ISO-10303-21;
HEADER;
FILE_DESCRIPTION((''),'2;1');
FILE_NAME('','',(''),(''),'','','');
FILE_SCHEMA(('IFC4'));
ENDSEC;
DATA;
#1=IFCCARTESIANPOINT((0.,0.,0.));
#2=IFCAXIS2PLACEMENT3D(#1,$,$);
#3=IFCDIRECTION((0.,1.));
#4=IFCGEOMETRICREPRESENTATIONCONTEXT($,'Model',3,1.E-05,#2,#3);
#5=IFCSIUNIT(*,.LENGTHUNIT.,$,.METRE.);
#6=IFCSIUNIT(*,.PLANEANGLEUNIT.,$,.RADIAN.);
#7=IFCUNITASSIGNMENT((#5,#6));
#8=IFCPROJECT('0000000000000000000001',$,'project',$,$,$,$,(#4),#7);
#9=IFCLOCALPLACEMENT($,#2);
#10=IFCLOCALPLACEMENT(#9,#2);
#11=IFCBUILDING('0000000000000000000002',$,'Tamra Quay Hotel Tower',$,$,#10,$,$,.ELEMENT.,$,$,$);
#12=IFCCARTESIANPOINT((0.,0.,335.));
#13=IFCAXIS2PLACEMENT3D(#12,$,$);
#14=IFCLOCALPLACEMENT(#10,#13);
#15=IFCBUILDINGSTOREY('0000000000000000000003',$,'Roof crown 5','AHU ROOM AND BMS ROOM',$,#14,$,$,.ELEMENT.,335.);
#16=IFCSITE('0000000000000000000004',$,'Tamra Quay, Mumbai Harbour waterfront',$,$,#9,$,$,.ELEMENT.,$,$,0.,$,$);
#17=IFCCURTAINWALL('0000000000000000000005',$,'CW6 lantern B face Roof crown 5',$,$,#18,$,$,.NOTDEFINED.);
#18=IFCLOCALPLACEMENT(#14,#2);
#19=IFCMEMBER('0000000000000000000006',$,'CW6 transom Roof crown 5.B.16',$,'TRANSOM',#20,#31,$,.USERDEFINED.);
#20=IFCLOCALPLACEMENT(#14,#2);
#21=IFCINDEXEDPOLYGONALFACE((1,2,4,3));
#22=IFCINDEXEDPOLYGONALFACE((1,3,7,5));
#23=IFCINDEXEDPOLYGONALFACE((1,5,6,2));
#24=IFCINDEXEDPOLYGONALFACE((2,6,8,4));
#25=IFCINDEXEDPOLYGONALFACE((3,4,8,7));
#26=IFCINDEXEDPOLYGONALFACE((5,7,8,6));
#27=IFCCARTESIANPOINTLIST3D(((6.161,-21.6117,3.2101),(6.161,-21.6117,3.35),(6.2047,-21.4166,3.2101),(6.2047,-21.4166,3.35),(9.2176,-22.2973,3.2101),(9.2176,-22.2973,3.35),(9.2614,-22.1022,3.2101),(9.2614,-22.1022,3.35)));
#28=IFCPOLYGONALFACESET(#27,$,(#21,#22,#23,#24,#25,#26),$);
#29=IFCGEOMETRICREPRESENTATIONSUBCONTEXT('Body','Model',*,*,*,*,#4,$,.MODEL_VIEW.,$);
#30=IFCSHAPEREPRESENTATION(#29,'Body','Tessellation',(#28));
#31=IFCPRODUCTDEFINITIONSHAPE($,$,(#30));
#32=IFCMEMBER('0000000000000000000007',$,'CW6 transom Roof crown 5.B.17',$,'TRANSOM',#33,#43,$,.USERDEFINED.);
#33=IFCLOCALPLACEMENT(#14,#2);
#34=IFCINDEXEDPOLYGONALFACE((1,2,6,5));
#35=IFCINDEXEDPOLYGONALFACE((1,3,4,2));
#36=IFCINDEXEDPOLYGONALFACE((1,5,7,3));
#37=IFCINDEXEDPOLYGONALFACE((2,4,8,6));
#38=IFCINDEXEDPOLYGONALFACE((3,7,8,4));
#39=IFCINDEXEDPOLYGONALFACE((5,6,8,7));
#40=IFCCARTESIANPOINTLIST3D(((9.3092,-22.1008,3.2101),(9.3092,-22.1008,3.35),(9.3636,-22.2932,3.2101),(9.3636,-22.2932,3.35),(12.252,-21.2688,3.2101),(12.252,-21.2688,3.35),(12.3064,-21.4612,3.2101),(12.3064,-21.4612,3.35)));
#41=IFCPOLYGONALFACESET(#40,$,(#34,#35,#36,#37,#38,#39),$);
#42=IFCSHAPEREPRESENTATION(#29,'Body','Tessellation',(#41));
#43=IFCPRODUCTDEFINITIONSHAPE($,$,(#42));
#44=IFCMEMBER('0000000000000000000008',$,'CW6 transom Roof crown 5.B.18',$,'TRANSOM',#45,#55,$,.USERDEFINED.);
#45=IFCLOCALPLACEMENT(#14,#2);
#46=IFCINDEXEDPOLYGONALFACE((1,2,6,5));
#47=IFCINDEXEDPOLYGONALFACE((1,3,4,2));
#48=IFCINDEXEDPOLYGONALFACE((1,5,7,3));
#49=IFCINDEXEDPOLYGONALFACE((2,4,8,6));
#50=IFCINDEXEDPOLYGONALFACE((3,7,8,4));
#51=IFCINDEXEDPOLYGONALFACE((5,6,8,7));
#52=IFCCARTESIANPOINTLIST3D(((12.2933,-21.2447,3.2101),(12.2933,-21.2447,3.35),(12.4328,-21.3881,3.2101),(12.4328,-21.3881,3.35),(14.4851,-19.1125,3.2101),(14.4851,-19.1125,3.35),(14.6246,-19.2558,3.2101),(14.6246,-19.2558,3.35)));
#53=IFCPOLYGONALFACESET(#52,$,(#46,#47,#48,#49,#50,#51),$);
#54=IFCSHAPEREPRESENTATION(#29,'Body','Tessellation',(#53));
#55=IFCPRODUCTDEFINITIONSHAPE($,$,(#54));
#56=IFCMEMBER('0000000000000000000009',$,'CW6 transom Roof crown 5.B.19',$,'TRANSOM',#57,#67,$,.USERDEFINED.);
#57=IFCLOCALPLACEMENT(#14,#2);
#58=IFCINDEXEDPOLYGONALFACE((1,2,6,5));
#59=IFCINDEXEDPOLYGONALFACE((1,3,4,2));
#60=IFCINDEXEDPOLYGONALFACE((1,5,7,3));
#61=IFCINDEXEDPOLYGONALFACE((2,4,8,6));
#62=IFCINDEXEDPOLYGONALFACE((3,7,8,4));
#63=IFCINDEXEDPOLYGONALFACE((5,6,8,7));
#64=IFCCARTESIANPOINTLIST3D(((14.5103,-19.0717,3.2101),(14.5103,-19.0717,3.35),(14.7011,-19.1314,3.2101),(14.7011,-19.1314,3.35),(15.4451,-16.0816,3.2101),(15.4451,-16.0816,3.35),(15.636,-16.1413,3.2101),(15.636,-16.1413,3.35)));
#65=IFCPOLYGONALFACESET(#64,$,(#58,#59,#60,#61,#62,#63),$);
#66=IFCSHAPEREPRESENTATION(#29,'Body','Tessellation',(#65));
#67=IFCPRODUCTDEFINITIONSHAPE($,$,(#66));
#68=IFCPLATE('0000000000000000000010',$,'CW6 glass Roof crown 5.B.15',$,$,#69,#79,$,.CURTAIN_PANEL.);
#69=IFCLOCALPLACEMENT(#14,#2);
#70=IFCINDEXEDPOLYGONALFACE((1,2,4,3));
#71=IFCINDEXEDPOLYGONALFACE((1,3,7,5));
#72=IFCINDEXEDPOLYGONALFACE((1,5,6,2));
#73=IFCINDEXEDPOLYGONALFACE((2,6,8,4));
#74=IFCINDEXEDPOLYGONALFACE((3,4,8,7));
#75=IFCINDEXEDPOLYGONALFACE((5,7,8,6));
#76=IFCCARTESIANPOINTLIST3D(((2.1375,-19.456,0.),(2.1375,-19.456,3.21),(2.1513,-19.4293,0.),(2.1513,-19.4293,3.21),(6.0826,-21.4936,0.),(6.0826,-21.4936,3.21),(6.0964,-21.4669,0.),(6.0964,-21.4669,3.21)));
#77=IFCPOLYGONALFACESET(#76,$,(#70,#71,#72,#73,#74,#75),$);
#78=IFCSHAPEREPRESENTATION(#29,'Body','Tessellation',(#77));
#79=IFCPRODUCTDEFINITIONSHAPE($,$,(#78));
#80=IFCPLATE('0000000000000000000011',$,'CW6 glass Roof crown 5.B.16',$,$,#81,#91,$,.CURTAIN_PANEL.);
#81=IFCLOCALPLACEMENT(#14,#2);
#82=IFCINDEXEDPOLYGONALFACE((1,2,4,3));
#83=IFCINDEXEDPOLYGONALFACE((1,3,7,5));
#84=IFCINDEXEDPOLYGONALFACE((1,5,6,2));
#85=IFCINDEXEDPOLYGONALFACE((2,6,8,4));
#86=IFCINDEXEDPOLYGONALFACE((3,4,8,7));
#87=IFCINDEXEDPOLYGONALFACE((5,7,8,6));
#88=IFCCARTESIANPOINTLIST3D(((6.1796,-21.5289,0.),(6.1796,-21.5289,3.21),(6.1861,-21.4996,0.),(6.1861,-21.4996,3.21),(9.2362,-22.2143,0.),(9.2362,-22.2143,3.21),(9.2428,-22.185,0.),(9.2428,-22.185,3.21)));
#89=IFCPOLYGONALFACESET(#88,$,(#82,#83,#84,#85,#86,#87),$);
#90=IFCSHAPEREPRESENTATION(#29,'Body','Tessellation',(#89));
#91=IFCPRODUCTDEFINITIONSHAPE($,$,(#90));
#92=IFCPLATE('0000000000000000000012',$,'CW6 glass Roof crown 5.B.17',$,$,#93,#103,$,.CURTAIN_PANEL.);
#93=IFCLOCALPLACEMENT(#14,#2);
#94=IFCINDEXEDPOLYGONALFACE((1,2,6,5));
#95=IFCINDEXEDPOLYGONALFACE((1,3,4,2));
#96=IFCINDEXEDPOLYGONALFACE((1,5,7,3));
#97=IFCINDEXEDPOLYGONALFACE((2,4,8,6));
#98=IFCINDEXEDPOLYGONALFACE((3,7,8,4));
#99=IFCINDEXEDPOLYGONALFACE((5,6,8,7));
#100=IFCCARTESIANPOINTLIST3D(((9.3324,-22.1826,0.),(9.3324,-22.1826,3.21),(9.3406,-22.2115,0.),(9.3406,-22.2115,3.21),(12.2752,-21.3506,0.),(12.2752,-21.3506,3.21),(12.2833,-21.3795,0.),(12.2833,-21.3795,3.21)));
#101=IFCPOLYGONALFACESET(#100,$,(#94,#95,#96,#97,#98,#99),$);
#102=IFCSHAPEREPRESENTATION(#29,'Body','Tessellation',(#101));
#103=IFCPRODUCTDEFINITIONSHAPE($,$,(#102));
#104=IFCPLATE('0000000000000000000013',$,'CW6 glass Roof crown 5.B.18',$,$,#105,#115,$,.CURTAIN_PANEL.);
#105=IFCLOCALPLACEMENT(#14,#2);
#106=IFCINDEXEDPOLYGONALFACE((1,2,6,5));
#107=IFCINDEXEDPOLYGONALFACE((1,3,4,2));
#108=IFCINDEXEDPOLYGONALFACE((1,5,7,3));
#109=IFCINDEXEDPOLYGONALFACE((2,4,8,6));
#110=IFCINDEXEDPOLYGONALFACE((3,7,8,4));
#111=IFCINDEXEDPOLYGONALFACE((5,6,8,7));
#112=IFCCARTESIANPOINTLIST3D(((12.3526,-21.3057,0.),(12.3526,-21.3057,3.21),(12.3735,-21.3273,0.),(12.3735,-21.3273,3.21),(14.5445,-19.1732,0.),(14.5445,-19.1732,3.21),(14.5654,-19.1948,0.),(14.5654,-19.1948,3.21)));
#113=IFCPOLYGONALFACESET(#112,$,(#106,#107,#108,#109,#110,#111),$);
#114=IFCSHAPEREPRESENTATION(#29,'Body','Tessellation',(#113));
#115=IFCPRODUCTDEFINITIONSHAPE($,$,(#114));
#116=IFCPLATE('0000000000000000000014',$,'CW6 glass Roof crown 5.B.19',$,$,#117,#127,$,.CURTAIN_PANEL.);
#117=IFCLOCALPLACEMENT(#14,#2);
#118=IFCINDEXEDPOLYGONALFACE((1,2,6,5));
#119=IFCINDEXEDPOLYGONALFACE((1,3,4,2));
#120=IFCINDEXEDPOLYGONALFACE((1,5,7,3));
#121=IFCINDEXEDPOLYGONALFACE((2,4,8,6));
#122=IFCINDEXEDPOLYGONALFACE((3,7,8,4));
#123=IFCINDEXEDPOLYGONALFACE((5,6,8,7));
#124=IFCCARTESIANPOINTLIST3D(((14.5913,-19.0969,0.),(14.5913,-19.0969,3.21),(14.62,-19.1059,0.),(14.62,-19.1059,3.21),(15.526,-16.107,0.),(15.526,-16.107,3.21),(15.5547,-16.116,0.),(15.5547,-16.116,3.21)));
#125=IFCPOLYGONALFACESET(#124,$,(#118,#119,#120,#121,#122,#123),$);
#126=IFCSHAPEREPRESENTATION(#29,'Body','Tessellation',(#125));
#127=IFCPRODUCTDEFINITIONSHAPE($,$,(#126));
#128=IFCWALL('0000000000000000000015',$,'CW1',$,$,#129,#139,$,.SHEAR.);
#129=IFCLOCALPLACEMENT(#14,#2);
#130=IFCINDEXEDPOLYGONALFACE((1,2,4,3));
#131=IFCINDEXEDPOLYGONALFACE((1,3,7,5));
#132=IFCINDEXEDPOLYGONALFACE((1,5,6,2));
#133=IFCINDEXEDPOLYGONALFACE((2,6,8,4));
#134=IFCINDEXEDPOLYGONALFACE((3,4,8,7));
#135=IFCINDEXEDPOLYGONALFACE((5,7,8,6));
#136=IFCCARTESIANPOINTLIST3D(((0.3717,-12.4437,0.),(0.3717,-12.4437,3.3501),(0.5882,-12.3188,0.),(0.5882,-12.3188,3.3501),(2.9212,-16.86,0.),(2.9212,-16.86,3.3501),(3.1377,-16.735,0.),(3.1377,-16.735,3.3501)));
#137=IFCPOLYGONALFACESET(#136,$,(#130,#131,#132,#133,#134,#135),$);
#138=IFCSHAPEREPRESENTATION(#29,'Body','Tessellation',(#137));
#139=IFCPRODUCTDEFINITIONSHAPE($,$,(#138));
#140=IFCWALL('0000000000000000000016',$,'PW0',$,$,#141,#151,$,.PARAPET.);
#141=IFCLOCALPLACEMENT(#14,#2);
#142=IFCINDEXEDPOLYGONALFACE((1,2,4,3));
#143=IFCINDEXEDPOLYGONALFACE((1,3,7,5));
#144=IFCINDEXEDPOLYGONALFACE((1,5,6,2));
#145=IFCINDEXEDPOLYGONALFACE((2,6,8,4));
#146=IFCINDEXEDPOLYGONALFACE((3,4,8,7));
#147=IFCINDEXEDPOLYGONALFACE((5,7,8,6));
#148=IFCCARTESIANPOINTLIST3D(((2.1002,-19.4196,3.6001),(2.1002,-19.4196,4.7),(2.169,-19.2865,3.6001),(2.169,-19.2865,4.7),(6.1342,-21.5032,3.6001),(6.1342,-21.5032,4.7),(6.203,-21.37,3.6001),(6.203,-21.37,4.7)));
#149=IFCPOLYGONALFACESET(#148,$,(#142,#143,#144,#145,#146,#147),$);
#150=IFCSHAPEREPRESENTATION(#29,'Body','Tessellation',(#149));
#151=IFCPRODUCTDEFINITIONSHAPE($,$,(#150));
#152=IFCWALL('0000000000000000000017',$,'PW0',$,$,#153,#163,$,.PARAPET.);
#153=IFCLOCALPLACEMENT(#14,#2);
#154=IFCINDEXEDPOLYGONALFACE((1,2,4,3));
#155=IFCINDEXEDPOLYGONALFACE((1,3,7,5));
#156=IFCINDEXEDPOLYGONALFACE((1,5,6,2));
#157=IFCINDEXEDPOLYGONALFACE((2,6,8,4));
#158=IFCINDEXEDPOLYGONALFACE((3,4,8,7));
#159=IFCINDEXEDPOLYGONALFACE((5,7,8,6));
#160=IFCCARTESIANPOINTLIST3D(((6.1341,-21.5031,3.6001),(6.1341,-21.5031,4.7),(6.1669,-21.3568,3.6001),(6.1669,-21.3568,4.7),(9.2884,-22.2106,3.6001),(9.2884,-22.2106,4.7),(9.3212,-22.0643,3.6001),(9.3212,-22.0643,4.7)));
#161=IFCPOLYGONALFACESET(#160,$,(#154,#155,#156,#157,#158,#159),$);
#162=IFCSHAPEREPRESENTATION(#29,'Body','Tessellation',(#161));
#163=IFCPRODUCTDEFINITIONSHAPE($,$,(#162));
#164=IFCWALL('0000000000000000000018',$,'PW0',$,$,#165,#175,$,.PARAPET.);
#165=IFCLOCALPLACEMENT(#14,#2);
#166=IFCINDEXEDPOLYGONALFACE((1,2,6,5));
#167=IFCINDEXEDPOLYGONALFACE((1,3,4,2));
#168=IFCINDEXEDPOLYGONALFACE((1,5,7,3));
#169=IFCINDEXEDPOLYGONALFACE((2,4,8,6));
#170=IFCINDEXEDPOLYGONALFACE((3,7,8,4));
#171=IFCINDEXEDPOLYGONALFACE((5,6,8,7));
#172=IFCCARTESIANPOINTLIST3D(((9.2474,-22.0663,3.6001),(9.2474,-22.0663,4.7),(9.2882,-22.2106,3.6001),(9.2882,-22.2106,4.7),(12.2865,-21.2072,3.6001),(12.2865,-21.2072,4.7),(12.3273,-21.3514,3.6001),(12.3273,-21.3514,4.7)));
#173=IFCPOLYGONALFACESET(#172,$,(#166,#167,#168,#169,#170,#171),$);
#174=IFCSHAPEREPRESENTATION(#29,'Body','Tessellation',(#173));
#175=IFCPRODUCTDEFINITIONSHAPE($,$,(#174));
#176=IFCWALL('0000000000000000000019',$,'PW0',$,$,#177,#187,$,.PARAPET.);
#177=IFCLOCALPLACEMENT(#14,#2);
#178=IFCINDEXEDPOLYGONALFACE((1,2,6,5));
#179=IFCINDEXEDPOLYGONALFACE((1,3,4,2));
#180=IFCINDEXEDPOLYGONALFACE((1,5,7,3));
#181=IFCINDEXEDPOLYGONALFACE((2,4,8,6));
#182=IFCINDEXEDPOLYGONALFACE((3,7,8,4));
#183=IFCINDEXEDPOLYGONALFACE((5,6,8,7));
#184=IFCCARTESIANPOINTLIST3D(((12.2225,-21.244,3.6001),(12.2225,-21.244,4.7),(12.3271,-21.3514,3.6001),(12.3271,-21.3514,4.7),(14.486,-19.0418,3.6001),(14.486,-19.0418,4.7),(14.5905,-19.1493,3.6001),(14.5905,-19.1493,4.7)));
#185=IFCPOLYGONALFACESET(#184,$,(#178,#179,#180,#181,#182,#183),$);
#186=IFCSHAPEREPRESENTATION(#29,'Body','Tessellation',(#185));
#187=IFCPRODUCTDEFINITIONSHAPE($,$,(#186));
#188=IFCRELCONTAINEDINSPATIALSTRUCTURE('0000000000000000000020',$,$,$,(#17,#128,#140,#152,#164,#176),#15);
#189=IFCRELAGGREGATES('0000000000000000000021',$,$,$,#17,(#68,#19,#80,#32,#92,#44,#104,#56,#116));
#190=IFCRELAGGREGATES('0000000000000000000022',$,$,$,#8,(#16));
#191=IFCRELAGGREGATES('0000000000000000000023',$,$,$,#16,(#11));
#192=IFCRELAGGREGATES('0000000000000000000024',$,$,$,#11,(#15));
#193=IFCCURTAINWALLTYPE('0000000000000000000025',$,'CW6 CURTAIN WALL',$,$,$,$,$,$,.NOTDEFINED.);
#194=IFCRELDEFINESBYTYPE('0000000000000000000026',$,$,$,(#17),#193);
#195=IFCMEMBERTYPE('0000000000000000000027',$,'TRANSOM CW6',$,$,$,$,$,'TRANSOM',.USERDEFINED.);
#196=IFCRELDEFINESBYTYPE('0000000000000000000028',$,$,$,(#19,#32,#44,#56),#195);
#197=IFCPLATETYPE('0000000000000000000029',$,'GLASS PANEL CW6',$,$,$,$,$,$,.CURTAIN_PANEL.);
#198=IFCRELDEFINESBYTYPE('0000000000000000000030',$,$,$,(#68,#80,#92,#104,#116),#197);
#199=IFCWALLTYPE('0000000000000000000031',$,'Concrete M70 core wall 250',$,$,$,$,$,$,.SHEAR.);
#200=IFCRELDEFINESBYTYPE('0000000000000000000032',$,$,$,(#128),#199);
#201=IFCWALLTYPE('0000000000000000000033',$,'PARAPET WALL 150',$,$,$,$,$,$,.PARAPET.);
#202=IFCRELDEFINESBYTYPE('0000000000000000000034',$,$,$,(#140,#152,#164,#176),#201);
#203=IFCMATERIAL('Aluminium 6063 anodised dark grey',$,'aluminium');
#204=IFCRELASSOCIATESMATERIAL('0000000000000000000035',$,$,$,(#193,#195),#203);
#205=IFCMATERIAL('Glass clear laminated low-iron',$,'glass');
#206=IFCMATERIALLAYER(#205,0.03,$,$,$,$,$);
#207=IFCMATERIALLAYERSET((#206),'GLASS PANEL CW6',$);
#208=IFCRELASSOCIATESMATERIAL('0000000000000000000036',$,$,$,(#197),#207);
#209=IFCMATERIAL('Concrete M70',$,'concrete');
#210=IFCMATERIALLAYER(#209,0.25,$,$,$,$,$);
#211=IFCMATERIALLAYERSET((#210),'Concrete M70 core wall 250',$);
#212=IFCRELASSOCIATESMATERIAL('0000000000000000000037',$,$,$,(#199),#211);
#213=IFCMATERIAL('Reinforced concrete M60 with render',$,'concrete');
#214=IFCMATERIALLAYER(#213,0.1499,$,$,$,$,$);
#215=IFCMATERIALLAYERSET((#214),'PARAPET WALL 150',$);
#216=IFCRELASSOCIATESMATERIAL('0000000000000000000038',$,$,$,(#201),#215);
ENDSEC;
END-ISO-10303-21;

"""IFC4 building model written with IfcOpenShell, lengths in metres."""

from ifc_helpers import new_model, si_unit, direction, frame, frame_2d, origin, origin_2d, place, context, subcontext, project, spatial, rectangle, extrude, material, layer, layer_set, material_profile, profile_set, type_object, element, aggregate, save


model = new_model("IFC4")

# Units and contexts
model_context = context("Model", 3, precision=1e-05, world=origin(), true_north=direction((0.0, 1.0)))
body_context = subcontext(model_context, "Body", "Model", "MODEL_VIEW")
ifc_project = project(units=[si_unit("LENGTHUNIT", "METRE"), si_unit("PLANEANGLEUNIT", "RADIAN")], contexts=[model_context])

# Site, building, storey
site_placement = place(None, origin())
site = spatial("IfcSite", under=ifc_project, at=site_placement, Name="Tamra Quay, Mumbai Harbour waterfront", CompositionType="ELEMENT", RefElevation=0.0)
building_placement = place(site_placement, origin())
building = spatial("IfcBuilding", under=site, at=building_placement, Name="Tamra Quay Hotel Tower", CompositionType="ELEMENT")
storey_placement = place(building_placement, frame((0.0, 0.0, 335.0)))
storey = spatial("IfcBuildingStorey", under=building, at=storey_placement, Name="Roof crown 5", Description="AHU ROOM AND BMS ROOM", CompositionType="ELEMENT", Elevation=335.0)

# Curtain wall, members, plates
ifc_material_1 = material(Name="Aluminium 6063 anodised dark grey", Category="aluminium")
curtain_wall_type = type_object("IfcCurtainWallType", Name="CW6 CURTAIN WALL", PredefinedType="NOTDEFINED", material=ifc_material_1)
curtain_wall_placement = place(storey_placement, origin())
curtain_wall = element("IfcCurtainWall", 1, at=curtain_wall_placement, inside=storey, type_object=curtain_wall_type, Name="CW6 lantern B face Roof crown 5", PredefinedType="NOTDEFINED")
ifc_material_profile_1 = material_profile(ifc_material_1, rectangle(XDim=0.2, YDim=0.1399, at=origin_2d()), Name="TRANSOM 200X140")
ifc_profile_set_1 = profile_set([ifc_material_profile_1], Name="Aluminium 6063 anodised dark grey")
member_type_1 = type_object("IfcMemberType", Name="TRANSOM CW6", ElementType="TRANSOM", PredefinedType="USERDEFINED", material=ifc_profile_set_1)
member_1_placement = place(storey_placement, frame((6.1829, -21.5142, 3.28), z_axis=(0.97576, -0.218845, 0.0), x_axis=(0.218845, 0.97576, 0.0)))
member_1 = element("IfcMember", 2, at=member_1_placement, type_object=member_type_1, Name="CW6 transom Roof crown 5.B.16", ObjectType="TRANSOM", PredefinedType="USERDEFINED", context=body_context, shape_type="SweptSolid", body=[
    extrude(rectangle(XDim=0.2, YDim=0.1399, at=origin_2d()), origin(), (0.0, 0.0, 1.0), 3.1326),
])
member_2_placement = place(storey_placement, frame((9.3364, -22.197, 3.28), z_axis=(0.962274, 0.272084, 0.0), x_axis=(-0.272084, 0.962274, 0.0)))
member_2 = element("IfcMember", 3, at=member_2_placement, type_object=member_type_1, Name="CW6 transom Roof crown 5.B.17", ObjectType="TRANSOM", PredefinedType="USERDEFINED", context=body_context, shape_type="SweptSolid", body=[
    extrude(rectangle(XDim=0.2, YDim=0.1399, at=origin_2d()), origin(), (0.0, 0.0, 1.0), 3.0581),
])
member_3_placement = place(storey_placement, frame((12.363, -21.3164, 3.28), z_axis=(0.71678, 0.6973, 0.0), x_axis=(-0.6973, 0.71678, 0.0)))
member_3 = element("IfcMember", 4, at=member_3_placement, type_object=member_type_1, Name="CW6 transom Roof crown 5.B.18", ObjectType="TRANSOM", PredefinedType="USERDEFINED", context=body_context, shape_type="SweptSolid", body=[
    extrude(rectangle(XDim=0.2, YDim=0.1399, at=origin_2d()), origin(), (0.0, 0.0, 1.0), 3.0579),
])
member_4_placement = place(storey_placement, frame((14.6057, -19.1016, 3.28), z_axis=(0.298404, 0.95444, 0.0), x_axis=(-0.95444, 0.298404, 0.0)))
member_4 = element("IfcMember", 5, at=member_4_placement, type_object=member_type_1, Name="CW6 transom Roof crown 5.B.19", ObjectType="TRANSOM", PredefinedType="USERDEFINED", context=body_context, shape_type="SweptSolid", body=[
    extrude(rectangle(XDim=0.2, YDim=0.1399, at=origin_2d()), origin(), (0.0, 0.0, 1.0), 3.1328),
])
ifc_material_2 = material(Name="Glass clear laminated low-iron", Category="glass")
ifc_layer_1 = layer(ifc_material_2, 0.03)
ifc_layer_set_1 = layer_set([ifc_layer_1], Name="GLASS PANEL CW6")
plate_type = type_object("IfcPlateType", Name="GLASS PANEL CW6", PredefinedType="CURTAIN_PANEL", material=ifc_layer_set_1)
plate_1_placement = place(storey_placement, frame((4.1169, -20.4614, 0.0), z_axis=(0.0, 0.0, 1.0), x_axis=(0.888486, -0.458903, 0.0)))
plate_1 = element("IfcPlate", 6, at=plate_1_placement, type_object=plate_type, Name="CW6 glass Roof crown 5.B.15", PredefinedType="CURTAIN_PANEL", context=body_context, shape_type="SweptSolid", body=[
    extrude(rectangle(XDim=4.4402, YDim=0.03, at=origin_2d()), origin(), (0.0, 0.0, 1.0), 3.21),
])
plate_2_placement = place(storey_placement, frame((7.7112, -21.8569, 0.0), z_axis=(0.0, 0.0, 1.0), x_axis=(0.975768, -0.218806, 0.0)))
plate_2 = element("IfcPlate", 7, at=plate_2_placement, type_object=plate_type, Name="CW6 glass Roof crown 5.B.16", PredefinedType="CURTAIN_PANEL", context=body_context, shape_type="SweptSolid", body=[
    extrude(rectangle(XDim=3.1326, YDim=0.03, at=origin_2d()), origin(), (0.0, 0.0, 1.0), 3.21),
])
plate_3_placement = place(storey_placement, frame((10.8079, -21.781, 0.0), z_axis=(0.0, 0.0, 1.0), x_axis=(0.96228, 0.272062, 0.0)))
plate_3 = element("IfcPlate", 8, at=plate_3_placement, type_object=plate_type, Name="CW6 glass Roof crown 5.B.17", PredefinedType="CURTAIN_PANEL", context=body_context, shape_type="SweptSolid", body=[
    extrude(rectangle(XDim=3.0581, YDim=0.03, at=origin_2d()), origin(), (0.0, 0.0, 1.0), 3.21),
])
plate_4_placement = place(storey_placement, frame((13.459, -20.2502, 0.0), z_axis=(0.0, 0.0, 1.0), x_axis=(0.716753, 0.697327, 0.0)))
plate_4 = element("IfcPlate", 9, at=plate_4_placement, type_object=plate_type, Name="CW6 glass Roof crown 5.B.18", PredefinedType="CURTAIN_PANEL", context=body_context, shape_type="SweptSolid", body=[
    extrude(rectangle(XDim=3.0581, YDim=0.03, at=origin_2d()), origin(), (0.0, 0.0, 1.0), 3.21),
])
plate_5_placement = place(storey_placement, frame((15.073, -17.6064, 0.0), z_axis=(0.0, 0.0, 1.0), x_axis=(0.298392, 0.954443, 0.0)))
plate_5 = element("IfcPlate", 10, at=plate_5_placement, type_object=plate_type, Name="CW6 glass Roof crown 5.B.19", PredefinedType="CURTAIN_PANEL", context=body_context, shape_type="SweptSolid", body=[
    extrude(rectangle(XDim=3.1326, YDim=0.03, at=origin_2d()), origin(), (0.0, 0.0, 1.0), 3.21),
])
aggregate(curtain_wall, [plate_1, member_1, plate_2, member_2, plate_3, member_3, plate_4, member_4, plate_5])

# Walls
ifc_material_3 = material(Name="Concrete M70", Category="concrete")
ifc_layer_2 = layer(ifc_material_3, 0.25)
ifc_layer_set_2 = layer_set([ifc_layer_2], Name="Concrete M70 core wall 250")
wall_type_1 = type_object("IfcWallType", Name="Concrete M70 core wall 250", PredefinedType="SHEAR", material=ifc_layer_set_2)
wall_1_placement = place(storey_placement, frame((3.0295, -16.7976, 0.0), z_axis=(0.0, 0.0, 1.0), x_axis=(-0.499975, 0.86604, 0.0)))
element("IfcWall", 11, at=wall_1_placement, inside=storey, type_object=wall_type_1, Name="CW1", PredefinedType="SHEAR", context=body_context, shape_type="SweptSolid", body=[
    extrude(rectangle(XDim=5.0994, YDim=0.25, at=frame_2d((2.5498, 0.0))), origin(), (0.0, 0.0, 1.0), 3.3501),
])
ifc_material_4 = material(Name="Reinforced concrete M60 with render", Category="concrete")
ifc_layer_3 = layer(ifc_material_4, 0.1499)
ifc_layer_set_3 = layer_set([ifc_layer_3], Name="PARAPET WALL 150")
wall_type_2 = type_object("IfcWallType", Name="PARAPET WALL 150", PredefinedType="PARAPET", material=ifc_layer_set_3)
wall_2_placement = place(storey_placement, frame((6.1685, -21.4365, 3.6001), z_axis=(0.0, 0.0, 1.0), x_axis=(-0.888489, 0.458898, 0.0)))
element("IfcWall", 12, at=wall_2_placement, inside=storey, type_object=wall_type_2, Name="PW0", PredefinedType="PARAPET", context=body_context, shape_type="SweptSolid", body=[
    extrude(rectangle(XDim=4.5403, YDim=0.1499, at=frame_2d((2.27, 0.0))), origin(), (0.0, 0.0, 1.0), 1.0999),
])
wall_3_placement = place(storey_placement, frame((9.3047, -22.1375, 3.6001), z_axis=(0.0, 0.0, 1.0), x_axis=(-0.975755, 0.218865, 0.0)))
element("IfcWall", 13, at=wall_3_placement, inside=storey, type_object=wall_type_2, Name="PW0", PredefinedType="PARAPET", context=body_context, shape_type="SweptSolid", body=[
    extrude(rectangle(XDim=3.2327, YDim=0.1499, at=frame_2d((1.6162, 0.0))), origin(), (0.0, 0.0, 1.0), 1.0999),
])
wall_4_placement = place(storey_placement, frame((12.3069, -21.2793, 3.6001), z_axis=(0.0, 0.0, 1.0), x_axis=(-0.962287, -0.272035, 0.0)))
element("IfcWall", 14, at=wall_4_placement, inside=storey, type_object=wall_type_2, Name="PW0", PredefinedType="PARAPET", context=body_context, shape_type="SweptSolid", body=[
    extrude(rectangle(XDim=3.1582, YDim=0.1499, at=frame_2d((1.5791, 0.0))), origin(), (0.0, 0.0, 1.0), 1.0999),
])
wall_5_placement = place(storey_placement, frame((14.5383, -19.0955, 3.6001), z_axis=(0.0, 0.0, 1.0), x_axis=(-0.716743, -0.697338, 0.0)))
element("IfcWall", 15, at=wall_5_placement, inside=storey, type_object=wall_type_2, Name="PW0", PredefinedType="PARAPET", context=body_context, shape_type="SweptSolid", body=[
    extrude(rectangle(XDim=3.158, YDim=0.1499, at=frame_2d((1.5791, 0.0))), origin(), (0.0, 0.0, 1.0), 1.0999),
])

save(model, "model.ifc")
